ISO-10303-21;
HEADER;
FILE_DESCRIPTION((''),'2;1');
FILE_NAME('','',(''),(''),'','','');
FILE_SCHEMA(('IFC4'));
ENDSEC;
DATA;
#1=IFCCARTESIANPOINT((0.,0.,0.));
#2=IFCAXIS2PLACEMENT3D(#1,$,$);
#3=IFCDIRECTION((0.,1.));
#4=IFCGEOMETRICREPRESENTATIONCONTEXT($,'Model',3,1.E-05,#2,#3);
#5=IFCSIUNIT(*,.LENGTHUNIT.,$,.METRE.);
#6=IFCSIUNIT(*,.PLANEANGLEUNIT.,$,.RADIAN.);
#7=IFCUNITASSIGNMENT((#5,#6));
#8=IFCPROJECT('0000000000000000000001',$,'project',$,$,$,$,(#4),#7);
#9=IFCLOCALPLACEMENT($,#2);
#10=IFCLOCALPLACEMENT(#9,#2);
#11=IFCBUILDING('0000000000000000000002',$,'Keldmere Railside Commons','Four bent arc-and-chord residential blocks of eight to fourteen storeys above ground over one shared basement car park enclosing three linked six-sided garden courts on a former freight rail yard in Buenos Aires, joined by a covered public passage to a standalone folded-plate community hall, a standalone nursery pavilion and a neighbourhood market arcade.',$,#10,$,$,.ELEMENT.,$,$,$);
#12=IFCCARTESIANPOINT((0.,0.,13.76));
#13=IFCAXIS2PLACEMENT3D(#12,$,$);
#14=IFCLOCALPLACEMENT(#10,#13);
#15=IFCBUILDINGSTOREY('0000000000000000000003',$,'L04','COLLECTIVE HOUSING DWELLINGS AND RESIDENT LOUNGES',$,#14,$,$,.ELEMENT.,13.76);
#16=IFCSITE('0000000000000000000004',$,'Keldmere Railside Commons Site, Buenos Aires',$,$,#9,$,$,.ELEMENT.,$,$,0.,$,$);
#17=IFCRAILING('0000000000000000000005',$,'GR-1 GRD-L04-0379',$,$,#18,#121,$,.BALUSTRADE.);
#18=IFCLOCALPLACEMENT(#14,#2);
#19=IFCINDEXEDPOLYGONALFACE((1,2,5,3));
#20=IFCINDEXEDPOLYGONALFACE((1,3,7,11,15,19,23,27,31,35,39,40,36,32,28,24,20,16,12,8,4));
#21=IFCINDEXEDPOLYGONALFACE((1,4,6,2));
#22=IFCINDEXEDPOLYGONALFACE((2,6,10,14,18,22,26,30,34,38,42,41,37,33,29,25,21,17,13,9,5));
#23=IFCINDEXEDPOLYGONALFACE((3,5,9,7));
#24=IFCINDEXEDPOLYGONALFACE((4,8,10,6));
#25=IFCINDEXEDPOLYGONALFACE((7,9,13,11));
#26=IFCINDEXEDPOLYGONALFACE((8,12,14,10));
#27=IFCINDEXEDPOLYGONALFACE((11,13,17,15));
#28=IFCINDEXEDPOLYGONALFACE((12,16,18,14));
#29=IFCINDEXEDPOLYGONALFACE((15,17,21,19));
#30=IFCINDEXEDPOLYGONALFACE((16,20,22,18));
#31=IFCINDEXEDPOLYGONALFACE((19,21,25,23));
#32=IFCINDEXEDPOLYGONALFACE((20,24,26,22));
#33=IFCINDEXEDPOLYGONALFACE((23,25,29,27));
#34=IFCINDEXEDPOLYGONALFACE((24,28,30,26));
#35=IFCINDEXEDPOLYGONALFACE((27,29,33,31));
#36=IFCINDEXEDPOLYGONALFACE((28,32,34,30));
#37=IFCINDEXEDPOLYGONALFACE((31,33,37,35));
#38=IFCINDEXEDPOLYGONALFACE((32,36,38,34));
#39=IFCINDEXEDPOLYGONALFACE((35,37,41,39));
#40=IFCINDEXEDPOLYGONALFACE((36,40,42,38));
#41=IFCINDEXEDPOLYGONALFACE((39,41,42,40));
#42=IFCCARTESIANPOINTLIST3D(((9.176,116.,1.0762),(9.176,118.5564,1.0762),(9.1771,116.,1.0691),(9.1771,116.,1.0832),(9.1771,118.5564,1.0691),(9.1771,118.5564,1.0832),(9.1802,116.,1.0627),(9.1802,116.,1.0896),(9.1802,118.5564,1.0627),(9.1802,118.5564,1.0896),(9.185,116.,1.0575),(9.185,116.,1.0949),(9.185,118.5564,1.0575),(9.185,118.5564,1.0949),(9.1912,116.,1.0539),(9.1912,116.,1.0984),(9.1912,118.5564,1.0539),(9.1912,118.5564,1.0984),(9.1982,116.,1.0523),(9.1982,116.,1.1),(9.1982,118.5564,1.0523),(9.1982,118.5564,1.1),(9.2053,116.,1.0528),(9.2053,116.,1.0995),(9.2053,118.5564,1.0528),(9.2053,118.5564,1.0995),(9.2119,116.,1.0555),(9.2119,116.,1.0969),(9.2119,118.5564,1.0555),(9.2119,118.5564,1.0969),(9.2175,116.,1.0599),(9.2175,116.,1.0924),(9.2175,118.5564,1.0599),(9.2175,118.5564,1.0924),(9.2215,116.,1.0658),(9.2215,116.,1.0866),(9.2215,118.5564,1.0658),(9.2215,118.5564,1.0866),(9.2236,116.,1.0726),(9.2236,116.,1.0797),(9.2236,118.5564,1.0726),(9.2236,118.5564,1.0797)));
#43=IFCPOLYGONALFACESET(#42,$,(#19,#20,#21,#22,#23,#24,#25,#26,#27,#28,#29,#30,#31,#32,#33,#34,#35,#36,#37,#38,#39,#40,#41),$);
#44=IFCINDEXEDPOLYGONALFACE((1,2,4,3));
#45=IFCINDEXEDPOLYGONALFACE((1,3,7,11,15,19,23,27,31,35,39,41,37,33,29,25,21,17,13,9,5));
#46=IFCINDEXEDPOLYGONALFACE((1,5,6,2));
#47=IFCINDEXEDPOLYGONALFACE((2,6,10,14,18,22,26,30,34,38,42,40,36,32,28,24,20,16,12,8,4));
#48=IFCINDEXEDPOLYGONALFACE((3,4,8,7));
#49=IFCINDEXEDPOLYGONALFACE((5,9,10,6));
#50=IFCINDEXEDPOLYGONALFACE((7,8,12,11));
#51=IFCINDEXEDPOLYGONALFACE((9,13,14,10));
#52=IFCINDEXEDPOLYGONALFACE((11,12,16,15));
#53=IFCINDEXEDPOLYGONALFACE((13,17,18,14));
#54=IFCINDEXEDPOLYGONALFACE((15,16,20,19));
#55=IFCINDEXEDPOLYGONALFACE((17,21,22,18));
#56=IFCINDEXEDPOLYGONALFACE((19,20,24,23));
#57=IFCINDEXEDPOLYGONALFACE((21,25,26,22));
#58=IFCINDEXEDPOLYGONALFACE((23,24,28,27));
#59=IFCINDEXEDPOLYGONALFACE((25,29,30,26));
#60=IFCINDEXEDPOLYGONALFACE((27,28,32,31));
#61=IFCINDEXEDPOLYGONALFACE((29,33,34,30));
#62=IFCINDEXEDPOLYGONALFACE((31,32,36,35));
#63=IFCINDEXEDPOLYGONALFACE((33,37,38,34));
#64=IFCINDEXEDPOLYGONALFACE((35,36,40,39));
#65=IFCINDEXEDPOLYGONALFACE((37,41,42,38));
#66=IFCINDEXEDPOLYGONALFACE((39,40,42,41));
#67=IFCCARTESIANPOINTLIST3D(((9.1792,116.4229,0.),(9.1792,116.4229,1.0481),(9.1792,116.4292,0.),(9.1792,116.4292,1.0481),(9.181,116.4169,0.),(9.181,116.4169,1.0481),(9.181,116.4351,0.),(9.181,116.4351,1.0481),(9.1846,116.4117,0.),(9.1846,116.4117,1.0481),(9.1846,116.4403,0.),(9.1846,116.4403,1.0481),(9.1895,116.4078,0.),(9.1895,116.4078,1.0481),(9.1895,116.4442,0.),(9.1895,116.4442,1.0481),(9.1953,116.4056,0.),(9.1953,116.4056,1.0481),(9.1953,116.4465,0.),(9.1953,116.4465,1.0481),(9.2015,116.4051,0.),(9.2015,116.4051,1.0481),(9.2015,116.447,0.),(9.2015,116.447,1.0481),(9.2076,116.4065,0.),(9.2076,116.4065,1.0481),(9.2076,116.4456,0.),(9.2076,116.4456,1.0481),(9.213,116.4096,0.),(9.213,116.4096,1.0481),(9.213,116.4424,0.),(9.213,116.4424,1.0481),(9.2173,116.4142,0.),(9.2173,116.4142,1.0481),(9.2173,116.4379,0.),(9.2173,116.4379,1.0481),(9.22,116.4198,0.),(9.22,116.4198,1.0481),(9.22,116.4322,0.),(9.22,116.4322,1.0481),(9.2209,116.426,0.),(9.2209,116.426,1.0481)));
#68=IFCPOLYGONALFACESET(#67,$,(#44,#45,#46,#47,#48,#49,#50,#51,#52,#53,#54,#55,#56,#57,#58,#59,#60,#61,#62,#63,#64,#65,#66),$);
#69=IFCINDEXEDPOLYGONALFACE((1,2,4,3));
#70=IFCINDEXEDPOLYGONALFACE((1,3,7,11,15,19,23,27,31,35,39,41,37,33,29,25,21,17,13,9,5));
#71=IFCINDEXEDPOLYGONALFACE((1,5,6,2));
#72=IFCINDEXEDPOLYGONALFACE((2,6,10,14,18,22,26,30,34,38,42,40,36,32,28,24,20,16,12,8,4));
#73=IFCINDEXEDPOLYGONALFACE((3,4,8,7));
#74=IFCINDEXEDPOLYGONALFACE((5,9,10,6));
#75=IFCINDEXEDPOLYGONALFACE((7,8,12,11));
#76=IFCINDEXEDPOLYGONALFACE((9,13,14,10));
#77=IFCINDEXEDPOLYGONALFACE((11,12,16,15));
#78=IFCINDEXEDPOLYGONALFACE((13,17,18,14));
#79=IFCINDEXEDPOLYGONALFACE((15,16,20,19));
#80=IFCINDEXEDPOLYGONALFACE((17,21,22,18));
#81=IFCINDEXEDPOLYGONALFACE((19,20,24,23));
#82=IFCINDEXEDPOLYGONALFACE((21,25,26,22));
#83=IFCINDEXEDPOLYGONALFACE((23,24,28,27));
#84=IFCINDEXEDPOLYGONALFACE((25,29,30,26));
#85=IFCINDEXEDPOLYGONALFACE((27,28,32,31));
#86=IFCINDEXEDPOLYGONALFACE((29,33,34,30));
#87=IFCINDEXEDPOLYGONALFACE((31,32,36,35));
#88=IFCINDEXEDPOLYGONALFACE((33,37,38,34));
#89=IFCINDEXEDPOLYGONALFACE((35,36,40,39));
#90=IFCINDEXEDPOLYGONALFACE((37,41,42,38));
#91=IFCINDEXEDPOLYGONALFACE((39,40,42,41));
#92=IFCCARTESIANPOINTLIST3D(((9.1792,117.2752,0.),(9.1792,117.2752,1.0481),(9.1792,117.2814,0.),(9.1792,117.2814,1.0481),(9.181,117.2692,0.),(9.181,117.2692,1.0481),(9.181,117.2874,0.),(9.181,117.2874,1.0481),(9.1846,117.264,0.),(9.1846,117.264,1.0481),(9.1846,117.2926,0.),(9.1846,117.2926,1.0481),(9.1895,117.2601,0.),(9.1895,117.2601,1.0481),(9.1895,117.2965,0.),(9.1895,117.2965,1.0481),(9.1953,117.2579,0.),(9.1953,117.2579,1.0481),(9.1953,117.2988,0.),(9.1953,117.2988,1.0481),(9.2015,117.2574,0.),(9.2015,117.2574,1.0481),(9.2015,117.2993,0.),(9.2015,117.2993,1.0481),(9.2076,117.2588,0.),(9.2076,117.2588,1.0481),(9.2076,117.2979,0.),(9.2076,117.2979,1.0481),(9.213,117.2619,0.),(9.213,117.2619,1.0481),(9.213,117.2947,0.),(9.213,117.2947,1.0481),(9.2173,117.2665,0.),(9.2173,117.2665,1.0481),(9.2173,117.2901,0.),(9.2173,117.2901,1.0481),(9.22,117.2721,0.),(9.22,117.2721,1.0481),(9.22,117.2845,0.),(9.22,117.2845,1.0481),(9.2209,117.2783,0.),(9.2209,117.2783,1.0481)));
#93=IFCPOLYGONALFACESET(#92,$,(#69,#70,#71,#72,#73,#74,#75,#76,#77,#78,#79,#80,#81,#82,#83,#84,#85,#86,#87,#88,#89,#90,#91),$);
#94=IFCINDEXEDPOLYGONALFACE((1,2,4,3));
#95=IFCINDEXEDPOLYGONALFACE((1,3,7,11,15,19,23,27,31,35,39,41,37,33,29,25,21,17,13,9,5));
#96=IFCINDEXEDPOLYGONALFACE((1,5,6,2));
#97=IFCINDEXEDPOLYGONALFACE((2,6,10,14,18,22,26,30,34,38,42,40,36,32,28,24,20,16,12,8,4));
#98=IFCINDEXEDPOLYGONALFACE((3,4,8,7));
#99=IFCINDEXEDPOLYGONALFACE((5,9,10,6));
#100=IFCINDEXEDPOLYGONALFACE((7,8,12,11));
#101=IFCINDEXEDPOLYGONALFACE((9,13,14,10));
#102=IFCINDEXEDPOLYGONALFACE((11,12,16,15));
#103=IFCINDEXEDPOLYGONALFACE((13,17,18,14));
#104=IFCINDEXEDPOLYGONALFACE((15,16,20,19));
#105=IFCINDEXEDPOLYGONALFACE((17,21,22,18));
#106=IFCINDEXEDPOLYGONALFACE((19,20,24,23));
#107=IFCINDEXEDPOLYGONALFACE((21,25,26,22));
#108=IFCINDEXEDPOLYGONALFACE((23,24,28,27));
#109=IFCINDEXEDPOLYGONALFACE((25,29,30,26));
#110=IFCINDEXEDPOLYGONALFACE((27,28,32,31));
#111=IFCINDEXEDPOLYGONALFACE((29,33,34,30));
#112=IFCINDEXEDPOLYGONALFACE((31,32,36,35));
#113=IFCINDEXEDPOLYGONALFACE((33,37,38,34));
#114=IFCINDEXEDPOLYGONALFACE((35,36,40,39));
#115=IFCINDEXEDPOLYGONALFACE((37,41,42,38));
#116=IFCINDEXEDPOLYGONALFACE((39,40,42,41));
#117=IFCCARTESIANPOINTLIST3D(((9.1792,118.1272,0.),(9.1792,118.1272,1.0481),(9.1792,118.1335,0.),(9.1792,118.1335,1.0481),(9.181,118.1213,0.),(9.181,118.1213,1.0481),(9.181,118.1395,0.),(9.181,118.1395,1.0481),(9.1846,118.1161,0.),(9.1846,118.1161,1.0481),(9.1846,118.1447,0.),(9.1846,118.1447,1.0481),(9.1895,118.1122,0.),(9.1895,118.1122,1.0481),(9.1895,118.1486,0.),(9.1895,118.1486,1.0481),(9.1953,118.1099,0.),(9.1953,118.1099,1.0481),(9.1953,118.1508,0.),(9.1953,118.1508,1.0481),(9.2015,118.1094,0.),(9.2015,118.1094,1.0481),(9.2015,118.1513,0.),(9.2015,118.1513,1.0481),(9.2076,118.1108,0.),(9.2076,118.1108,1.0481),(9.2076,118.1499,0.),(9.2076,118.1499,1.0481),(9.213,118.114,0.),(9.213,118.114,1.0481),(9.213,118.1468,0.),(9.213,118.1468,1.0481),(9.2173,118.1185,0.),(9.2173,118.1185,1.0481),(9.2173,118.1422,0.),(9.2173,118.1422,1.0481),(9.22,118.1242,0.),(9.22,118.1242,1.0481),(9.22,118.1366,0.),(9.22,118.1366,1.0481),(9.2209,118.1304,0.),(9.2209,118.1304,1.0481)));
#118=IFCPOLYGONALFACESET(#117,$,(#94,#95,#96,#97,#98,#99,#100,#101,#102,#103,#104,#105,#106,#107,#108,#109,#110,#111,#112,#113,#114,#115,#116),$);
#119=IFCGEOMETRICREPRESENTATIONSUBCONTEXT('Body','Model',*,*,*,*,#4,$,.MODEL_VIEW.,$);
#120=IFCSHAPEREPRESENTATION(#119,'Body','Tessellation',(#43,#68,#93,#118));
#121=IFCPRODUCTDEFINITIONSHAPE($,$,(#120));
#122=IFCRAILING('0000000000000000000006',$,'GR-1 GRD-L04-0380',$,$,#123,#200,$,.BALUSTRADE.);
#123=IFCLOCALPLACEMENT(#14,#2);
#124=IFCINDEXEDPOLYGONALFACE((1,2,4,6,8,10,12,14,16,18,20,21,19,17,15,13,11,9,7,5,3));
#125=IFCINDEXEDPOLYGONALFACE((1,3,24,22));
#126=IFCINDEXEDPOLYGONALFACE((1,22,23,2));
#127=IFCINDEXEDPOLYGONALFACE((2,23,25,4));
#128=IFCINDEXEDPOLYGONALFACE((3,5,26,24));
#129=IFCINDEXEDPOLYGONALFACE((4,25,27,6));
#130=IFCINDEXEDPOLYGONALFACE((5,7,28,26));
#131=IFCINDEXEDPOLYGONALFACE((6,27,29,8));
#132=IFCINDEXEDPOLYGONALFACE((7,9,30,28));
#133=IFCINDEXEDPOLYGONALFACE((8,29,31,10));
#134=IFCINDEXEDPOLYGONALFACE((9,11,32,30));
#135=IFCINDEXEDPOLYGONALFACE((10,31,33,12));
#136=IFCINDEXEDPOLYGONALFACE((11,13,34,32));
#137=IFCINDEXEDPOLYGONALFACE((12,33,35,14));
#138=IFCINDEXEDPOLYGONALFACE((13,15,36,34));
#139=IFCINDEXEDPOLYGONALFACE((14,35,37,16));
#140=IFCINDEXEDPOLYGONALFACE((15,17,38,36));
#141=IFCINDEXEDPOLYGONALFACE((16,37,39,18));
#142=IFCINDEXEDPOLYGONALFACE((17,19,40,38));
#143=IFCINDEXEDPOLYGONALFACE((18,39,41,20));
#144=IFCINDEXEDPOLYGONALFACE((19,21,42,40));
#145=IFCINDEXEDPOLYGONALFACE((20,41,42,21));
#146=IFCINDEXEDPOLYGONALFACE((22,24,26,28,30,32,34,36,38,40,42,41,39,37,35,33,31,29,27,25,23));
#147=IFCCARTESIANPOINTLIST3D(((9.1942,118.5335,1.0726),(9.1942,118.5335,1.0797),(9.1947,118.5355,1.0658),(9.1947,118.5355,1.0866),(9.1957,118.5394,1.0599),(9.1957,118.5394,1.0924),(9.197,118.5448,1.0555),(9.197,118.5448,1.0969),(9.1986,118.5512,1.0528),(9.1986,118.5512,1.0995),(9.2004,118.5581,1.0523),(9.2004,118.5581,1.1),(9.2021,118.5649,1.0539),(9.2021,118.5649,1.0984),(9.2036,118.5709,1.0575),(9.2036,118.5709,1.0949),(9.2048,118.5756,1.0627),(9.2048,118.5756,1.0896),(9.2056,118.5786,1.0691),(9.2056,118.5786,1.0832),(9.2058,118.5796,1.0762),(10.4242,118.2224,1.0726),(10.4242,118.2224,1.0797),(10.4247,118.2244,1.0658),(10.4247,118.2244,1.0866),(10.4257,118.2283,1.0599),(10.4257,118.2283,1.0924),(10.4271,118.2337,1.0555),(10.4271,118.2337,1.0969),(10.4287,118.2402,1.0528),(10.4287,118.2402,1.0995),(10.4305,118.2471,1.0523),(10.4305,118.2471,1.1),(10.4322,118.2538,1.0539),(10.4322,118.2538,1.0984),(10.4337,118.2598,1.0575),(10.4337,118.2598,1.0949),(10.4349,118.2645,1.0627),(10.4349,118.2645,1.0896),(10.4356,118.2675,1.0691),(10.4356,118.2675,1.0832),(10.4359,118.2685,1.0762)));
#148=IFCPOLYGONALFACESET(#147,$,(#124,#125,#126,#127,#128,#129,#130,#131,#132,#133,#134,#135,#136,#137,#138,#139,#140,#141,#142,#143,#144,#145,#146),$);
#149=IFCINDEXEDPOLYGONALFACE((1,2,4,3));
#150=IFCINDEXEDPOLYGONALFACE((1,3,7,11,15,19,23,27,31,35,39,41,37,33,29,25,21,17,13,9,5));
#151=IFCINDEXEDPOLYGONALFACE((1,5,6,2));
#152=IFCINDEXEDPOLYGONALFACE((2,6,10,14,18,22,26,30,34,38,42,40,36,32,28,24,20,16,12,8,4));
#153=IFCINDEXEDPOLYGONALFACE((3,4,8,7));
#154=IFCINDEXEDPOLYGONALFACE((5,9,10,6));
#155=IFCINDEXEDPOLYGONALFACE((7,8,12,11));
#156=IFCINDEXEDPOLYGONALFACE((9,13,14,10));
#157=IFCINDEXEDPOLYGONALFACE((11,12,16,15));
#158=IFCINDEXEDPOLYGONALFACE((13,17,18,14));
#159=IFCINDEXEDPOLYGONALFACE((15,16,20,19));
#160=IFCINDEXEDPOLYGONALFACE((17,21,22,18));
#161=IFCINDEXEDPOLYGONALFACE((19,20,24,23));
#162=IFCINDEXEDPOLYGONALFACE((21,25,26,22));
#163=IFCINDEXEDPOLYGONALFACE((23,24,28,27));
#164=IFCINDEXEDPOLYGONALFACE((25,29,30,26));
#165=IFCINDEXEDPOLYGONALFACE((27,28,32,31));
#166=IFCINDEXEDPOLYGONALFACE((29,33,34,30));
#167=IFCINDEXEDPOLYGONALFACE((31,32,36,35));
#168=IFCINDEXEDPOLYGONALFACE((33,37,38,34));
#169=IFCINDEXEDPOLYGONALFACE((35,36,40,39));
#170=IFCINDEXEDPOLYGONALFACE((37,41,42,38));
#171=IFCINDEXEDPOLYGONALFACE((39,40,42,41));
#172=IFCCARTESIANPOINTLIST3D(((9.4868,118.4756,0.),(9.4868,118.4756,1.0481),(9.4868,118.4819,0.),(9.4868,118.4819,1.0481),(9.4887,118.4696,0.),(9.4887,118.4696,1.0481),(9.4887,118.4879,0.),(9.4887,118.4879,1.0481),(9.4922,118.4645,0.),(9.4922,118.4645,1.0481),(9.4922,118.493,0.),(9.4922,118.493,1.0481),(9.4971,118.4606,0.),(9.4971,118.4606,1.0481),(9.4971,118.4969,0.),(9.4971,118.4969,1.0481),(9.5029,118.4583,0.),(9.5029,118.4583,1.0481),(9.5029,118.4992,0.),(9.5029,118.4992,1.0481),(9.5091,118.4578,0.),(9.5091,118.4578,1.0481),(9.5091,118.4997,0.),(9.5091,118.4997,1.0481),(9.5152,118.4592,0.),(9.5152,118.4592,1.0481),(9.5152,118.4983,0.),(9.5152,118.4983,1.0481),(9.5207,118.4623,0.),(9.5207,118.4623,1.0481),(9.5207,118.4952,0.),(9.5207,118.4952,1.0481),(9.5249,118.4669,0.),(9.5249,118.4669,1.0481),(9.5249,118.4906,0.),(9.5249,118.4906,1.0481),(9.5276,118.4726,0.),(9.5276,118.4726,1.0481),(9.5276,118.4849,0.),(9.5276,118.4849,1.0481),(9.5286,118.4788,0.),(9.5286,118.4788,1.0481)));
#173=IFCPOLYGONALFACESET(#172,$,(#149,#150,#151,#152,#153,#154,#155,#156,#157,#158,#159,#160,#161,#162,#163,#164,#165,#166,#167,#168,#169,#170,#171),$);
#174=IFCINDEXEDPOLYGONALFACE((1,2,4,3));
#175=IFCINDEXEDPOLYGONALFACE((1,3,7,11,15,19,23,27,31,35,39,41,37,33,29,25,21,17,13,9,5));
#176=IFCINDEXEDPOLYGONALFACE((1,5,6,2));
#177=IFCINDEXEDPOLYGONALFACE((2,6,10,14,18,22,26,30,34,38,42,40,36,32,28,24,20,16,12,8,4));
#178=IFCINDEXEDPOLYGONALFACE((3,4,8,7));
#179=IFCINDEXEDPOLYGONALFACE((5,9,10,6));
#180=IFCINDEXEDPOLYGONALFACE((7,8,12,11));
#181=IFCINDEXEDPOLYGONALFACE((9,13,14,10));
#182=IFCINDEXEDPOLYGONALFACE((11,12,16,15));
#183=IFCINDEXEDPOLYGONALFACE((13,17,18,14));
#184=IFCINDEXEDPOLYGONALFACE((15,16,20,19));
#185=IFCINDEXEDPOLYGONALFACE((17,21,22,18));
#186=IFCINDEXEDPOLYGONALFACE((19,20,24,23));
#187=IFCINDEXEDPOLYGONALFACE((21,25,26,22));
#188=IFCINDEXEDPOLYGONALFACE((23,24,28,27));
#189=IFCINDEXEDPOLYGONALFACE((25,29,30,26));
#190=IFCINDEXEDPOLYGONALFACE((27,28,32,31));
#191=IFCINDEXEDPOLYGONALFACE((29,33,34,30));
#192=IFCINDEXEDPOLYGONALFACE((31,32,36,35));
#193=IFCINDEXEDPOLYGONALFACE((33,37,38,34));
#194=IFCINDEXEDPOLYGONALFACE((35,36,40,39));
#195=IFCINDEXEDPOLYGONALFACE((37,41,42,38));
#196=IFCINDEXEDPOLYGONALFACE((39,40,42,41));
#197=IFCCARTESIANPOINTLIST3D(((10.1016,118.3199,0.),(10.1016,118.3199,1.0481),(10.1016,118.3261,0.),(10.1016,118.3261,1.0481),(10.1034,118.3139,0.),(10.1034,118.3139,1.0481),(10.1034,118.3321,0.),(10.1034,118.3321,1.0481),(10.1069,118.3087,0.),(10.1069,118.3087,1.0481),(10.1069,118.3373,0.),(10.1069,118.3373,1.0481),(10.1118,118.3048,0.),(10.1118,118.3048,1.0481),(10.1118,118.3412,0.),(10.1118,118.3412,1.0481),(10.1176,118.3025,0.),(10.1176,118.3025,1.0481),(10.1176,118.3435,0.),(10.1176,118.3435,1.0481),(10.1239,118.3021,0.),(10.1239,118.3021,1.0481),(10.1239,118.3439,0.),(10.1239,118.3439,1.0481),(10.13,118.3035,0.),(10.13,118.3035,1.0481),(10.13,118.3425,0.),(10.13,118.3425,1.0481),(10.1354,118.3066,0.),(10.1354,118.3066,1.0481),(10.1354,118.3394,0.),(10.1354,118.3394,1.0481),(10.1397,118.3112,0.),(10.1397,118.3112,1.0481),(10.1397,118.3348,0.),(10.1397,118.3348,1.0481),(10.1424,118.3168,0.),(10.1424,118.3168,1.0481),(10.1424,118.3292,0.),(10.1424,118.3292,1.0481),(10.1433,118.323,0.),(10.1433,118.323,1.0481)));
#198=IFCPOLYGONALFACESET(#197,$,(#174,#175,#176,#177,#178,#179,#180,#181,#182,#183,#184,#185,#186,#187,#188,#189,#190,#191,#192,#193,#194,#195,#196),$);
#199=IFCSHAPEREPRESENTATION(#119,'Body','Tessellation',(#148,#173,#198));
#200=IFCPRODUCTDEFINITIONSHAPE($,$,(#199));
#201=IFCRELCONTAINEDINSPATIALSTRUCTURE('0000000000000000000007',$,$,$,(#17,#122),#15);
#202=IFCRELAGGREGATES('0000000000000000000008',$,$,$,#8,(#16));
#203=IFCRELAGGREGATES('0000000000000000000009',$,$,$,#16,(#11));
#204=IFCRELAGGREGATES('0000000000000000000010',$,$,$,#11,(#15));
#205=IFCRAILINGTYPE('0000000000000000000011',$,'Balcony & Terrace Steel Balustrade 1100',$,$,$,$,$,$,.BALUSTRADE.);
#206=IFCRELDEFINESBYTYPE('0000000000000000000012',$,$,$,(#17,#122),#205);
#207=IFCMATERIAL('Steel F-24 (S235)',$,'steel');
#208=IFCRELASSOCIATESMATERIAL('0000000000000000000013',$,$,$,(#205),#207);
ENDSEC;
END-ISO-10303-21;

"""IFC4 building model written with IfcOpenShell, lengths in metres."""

from ifc_helpers import new_model, si_unit, direction, frame, origin, origin_2d, place, context, subcontext, project, spatial, circle, extrude, material, type_object, element, save


model = new_model("IFC4")

# Units and contexts
model_context = context("Model", 3, precision=1e-05, world=origin(), true_north=direction((0.0, 1.0)))
body_context = subcontext(model_context, "Body", "Model", "MODEL_VIEW")
ifc_project = project(units=[si_unit("LENGTHUNIT", "METRE"), si_unit("PLANEANGLEUNIT", "RADIAN")], contexts=[model_context])

# Site, building, storey
site_placement = place(None, origin())
site = spatial("IfcSite", under=ifc_project, at=site_placement, Name="Keldmere Railside Commons Site, Buenos Aires", CompositionType="ELEMENT", RefElevation=0.0)
building_placement = place(site_placement, origin())
building = spatial("IfcBuilding", under=site, at=building_placement, Name="Keldmere Railside Commons", Description="Four bent arc-and-chord residential blocks of eight to fourteen storeys above ground over one shared basement car park enclosing three linked six-sided garden courts on a former freight rail yard in Buenos Aires, joined by a covered public passage to a standalone folded-plate community hall, a standalone nursery pavilion and a neighbourhood market arcade.", CompositionType="ELEMENT")
storey_placement = place(building_placement, frame((0.0, 0.0, 13.76)))
storey = spatial("IfcBuildingStorey", under=building, at=storey_placement, Name="L04", Description="COLLECTIVE HOUSING DWELLINGS AND RESIDENT LOUNGES", CompositionType="ELEMENT", Elevation=13.76)

# Railings
ifc_material_1 = material(Name="Steel F-24 (S235)", Category="steel")
railing_type = type_object("IfcRailingType", Name="Balcony & Terrace Steel Balustrade 1100", PredefinedType="BALUSTRADE", material=ifc_material_1)
railing_1_placement = place(storey_placement, frame((9.2, 116.0, 0.0)))
element("IfcRailing", 1, at=railing_1_placement, inside=storey, type_object=railing_type, Name="GR-1 GRD-L04-0379", PredefinedType="BALUSTRADE", context=body_context, shape_type="SweptSolid", body=[
    extrude(circle(Radius=0.0239, at=origin_2d()), frame((0.0, 0.0, 1.0762), z_axis=(0.0, 1.0, 0.0), x_axis=(-1.0, 0.0, 0.0)), (0.0, 0.0, 1.0), 2.5564),
    extrude(circle(Radius=0.021, at=origin_2d()), frame((0.0, 0.426, 0.0)), (0.0, 0.0, 1.0), 1.0481),
    extrude(circle(Radius=0.021, at=origin_2d()), frame((0.0, 1.2783, 0.0)), (0.0, 0.0, 1.0), 1.0481),
    extrude(circle(Radius=0.021, at=origin_2d()), frame((0.0, 2.1304, 0.0)), (0.0, 0.0, 1.0), 1.0481),
])
railing_2_placement = place(storey_placement, frame((9.2, 118.5564, 0.0)))
element("IfcRailing", 2, at=railing_2_placement, inside=storey, type_object=railing_type, Name="GR-1 GRD-L04-0380", PredefinedType="BALUSTRADE", context=body_context, shape_type="SweptSolid", body=[
    extrude(circle(Radius=0.0239, at=origin_2d()), frame((0.0, 0.0, 1.0762), z_axis=(0.969482, -0.245161, 0.0), x_axis=(0.245161, 0.969482, 0.0)), (0.0, 0.0, 1.0), 1.2688),
    extrude(circle(Radius=0.021, at=origin_2d()), frame((0.3076, -0.0776, 0.0)), (0.0, 0.0, 1.0), 1.0481),
    extrude(circle(Radius=0.021, at=origin_2d()), frame((0.9224, -0.2334, 0.0)), (0.0, 0.0, 1.0), 1.0481),
])

save(model, "model.ifc")
